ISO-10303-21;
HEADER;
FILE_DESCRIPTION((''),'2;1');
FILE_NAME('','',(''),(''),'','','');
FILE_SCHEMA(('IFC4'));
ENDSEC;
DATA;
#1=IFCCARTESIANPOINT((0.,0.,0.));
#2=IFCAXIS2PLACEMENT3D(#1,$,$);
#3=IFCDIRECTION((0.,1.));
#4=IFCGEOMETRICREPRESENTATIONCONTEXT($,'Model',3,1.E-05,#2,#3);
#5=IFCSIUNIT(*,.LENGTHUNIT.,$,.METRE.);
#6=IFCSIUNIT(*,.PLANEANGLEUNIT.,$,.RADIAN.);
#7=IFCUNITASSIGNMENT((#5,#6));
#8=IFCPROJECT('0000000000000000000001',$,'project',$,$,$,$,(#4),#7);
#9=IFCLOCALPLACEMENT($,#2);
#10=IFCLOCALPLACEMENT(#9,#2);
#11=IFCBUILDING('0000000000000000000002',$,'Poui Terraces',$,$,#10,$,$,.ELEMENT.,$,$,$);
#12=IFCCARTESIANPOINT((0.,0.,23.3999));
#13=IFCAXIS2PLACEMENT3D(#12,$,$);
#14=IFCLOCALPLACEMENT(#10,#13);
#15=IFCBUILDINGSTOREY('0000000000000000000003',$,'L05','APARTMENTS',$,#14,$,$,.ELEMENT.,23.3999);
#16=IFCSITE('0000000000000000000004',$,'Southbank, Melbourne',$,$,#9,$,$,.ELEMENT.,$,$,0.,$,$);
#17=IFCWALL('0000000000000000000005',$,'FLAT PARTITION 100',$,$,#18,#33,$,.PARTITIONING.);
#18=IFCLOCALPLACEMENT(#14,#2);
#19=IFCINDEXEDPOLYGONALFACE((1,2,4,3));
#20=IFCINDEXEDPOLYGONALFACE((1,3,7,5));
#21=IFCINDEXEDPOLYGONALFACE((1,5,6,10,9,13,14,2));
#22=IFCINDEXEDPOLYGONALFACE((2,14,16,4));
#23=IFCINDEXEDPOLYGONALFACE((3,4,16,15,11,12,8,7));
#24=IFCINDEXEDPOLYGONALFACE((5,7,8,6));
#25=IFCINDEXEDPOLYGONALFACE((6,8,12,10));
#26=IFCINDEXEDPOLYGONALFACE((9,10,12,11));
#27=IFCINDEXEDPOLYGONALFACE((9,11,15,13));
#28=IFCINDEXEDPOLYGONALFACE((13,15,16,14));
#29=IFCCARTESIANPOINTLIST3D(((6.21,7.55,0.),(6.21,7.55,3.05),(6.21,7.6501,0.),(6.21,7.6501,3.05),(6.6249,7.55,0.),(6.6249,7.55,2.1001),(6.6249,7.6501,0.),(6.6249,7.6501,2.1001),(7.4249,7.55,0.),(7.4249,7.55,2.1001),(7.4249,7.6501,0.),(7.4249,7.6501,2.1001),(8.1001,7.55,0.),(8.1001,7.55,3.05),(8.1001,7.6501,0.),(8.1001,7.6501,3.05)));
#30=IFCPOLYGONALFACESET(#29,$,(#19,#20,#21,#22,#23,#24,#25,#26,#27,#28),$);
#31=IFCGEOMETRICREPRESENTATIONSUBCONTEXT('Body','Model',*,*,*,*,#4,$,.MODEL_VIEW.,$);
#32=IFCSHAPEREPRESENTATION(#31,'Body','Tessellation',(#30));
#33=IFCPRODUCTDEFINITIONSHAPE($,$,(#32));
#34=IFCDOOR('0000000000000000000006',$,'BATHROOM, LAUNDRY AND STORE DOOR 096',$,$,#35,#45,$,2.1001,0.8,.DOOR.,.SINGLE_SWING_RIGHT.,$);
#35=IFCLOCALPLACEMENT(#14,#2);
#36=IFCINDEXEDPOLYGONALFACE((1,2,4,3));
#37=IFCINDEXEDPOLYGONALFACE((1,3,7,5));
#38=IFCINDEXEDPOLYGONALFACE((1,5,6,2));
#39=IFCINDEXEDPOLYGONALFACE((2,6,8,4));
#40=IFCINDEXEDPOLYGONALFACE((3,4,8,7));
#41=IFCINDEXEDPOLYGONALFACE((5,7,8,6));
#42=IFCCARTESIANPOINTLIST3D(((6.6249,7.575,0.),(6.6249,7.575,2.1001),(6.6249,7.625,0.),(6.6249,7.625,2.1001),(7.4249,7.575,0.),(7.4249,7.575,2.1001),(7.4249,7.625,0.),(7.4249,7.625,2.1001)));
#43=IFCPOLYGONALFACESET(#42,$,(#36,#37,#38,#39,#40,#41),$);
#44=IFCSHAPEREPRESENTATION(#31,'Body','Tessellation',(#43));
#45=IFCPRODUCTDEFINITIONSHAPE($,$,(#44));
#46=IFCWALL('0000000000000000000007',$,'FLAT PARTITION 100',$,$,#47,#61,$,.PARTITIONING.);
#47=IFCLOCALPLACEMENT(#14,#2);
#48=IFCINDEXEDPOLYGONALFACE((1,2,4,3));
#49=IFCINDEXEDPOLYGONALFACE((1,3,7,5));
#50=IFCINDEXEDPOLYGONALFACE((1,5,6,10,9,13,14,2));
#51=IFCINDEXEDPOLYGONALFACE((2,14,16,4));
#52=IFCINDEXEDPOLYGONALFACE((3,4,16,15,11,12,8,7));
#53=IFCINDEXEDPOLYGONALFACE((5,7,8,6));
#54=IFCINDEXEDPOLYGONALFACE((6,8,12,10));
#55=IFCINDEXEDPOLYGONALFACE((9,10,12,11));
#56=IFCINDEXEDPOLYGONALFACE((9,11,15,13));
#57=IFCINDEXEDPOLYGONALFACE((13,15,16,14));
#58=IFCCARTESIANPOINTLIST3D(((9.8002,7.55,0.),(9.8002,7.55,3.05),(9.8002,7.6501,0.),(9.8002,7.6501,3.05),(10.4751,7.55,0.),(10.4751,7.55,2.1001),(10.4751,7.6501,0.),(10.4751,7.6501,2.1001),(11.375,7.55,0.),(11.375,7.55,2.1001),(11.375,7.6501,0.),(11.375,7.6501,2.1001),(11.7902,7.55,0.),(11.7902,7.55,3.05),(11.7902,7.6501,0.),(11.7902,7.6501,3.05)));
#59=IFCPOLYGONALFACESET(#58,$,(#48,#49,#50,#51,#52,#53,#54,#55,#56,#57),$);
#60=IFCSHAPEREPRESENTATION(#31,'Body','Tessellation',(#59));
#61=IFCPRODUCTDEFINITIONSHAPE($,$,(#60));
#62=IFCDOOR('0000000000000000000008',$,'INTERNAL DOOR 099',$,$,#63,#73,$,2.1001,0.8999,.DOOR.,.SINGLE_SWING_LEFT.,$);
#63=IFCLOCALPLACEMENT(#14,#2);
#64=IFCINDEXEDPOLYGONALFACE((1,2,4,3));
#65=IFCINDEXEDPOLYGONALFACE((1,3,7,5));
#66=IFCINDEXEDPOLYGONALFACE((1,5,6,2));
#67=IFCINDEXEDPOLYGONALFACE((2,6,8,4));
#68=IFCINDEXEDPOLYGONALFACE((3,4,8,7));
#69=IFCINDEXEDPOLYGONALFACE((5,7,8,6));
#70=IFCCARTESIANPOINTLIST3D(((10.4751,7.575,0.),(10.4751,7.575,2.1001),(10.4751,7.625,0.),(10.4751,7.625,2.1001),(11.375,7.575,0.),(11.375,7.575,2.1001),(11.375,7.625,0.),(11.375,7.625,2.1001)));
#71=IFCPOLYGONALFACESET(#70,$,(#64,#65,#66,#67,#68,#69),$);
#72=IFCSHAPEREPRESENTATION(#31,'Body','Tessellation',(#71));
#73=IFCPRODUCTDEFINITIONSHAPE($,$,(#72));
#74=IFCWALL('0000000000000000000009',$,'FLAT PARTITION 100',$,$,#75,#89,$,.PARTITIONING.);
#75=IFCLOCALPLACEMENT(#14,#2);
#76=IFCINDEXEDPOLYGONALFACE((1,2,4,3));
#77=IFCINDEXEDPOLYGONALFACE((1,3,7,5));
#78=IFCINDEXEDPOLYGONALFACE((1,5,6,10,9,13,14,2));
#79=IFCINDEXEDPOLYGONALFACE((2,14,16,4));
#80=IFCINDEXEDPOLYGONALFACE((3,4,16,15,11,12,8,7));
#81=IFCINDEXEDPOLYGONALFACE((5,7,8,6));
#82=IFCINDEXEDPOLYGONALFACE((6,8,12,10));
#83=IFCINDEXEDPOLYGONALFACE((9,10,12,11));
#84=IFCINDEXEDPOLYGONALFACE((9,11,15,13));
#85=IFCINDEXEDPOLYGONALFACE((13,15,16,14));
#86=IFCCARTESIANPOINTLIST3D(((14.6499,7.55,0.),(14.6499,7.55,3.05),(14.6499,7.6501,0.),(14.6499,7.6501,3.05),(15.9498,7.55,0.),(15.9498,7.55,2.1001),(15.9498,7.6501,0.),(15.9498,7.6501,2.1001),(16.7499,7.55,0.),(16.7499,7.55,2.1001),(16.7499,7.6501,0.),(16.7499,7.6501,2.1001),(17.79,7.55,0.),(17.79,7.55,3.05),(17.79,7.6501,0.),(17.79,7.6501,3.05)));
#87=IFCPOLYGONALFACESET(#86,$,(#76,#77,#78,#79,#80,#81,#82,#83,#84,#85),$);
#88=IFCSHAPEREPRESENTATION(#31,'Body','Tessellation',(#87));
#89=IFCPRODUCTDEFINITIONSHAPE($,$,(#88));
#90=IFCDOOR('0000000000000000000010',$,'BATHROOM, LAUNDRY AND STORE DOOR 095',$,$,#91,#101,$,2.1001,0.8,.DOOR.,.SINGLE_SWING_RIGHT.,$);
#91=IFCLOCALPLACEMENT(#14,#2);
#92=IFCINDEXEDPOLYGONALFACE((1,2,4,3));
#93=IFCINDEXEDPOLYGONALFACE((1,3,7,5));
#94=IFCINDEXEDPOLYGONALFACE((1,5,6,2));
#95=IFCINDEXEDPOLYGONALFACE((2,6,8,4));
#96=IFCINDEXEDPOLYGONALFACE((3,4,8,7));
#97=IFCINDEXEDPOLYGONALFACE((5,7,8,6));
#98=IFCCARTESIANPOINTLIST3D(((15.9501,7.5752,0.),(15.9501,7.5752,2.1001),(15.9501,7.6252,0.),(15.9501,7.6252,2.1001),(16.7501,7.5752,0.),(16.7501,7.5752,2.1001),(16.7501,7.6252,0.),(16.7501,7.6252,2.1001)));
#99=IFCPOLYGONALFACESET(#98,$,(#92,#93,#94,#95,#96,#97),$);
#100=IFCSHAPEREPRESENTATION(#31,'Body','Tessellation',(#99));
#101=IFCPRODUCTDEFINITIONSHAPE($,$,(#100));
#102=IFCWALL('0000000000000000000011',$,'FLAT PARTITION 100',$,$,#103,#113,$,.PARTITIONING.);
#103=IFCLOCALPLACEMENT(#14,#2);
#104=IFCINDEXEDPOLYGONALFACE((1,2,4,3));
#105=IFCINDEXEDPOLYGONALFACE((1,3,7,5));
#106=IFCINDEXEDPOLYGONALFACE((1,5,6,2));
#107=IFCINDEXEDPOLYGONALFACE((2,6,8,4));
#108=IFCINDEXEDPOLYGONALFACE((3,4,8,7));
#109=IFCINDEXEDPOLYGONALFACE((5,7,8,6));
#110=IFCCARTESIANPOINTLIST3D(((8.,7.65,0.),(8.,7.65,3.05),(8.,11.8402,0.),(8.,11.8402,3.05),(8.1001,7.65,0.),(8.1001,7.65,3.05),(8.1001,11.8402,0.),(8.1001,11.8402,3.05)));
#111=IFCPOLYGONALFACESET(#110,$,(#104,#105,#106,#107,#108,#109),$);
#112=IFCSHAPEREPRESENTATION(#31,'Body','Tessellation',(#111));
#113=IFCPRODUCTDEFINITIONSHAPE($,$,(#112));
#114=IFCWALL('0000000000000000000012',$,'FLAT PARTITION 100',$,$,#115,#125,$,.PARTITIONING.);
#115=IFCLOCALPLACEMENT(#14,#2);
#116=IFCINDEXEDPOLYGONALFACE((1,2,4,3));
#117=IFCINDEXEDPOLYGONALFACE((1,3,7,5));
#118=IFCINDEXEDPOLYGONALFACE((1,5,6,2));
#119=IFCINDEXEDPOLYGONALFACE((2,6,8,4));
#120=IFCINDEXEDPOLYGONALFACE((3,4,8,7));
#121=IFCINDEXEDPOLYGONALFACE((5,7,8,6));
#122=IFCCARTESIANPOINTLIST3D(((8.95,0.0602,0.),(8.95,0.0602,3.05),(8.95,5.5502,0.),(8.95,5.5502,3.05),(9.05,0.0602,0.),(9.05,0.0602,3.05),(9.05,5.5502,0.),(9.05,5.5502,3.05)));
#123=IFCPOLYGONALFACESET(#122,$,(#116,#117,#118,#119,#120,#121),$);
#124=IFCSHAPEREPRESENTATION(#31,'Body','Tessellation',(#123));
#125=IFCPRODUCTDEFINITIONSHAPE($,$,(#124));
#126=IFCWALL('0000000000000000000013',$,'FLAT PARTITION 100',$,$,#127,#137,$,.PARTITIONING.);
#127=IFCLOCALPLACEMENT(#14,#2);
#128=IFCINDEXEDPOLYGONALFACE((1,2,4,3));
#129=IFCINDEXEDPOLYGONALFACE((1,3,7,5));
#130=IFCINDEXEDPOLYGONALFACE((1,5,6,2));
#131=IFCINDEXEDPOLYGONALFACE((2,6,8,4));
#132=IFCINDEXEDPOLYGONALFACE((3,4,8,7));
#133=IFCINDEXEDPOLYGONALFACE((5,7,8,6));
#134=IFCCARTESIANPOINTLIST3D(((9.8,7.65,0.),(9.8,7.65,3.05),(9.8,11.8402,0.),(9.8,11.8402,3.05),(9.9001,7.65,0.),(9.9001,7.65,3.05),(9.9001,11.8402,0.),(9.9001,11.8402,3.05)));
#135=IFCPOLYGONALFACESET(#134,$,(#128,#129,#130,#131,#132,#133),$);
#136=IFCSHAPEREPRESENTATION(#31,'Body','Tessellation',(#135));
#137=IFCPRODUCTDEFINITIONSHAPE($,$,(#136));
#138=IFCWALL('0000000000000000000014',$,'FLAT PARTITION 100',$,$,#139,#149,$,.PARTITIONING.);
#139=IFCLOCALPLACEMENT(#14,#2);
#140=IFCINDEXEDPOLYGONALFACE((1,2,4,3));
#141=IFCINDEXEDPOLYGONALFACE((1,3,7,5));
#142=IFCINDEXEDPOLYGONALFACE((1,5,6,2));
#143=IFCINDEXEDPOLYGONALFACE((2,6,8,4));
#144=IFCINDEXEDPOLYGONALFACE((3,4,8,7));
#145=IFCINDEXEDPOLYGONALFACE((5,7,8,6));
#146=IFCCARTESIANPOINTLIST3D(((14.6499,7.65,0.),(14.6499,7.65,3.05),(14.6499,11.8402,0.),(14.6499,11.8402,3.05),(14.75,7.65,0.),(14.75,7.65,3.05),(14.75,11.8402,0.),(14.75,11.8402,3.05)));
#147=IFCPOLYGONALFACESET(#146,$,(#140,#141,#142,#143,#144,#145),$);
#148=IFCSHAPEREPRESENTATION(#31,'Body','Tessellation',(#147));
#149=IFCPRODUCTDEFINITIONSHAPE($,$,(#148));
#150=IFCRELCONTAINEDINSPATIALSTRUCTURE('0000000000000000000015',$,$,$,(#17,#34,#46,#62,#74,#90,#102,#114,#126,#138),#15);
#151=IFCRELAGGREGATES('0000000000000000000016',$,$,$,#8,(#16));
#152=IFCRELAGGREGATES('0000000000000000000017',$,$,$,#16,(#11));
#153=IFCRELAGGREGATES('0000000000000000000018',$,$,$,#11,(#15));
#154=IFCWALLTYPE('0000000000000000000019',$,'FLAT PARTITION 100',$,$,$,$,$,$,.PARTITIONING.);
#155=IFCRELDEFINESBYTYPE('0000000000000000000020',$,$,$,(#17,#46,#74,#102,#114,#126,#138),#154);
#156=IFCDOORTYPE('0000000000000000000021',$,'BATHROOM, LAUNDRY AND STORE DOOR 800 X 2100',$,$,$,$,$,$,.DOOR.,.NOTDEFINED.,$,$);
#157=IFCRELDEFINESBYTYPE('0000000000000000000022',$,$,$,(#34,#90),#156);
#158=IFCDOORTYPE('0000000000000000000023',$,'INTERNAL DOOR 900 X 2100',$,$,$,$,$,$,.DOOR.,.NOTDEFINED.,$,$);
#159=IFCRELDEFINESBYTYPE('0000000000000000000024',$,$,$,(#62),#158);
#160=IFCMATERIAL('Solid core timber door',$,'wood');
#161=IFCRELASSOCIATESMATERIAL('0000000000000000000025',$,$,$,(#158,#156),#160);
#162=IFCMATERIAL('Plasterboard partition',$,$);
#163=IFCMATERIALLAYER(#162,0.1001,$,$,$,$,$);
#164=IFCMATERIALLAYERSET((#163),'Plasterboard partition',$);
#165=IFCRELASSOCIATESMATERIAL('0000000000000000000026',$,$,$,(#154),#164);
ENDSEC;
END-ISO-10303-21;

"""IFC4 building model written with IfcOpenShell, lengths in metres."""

from ifc_helpers import new_model, si_unit, direction, frame, frame_2d, origin, place, context, subcontext, project, spatial, rectangle, extrude, material, layer, layer_set, type_object, element, fill, save


model = new_model("IFC4")

# Units and contexts
model_context = context("Model", 3, precision=1e-05, world=origin(), true_north=direction((0.0, 1.0)))
body_context = subcontext(model_context, "Body", "Model", "MODEL_VIEW")
ifc_project = project(units=[si_unit("LENGTHUNIT", "METRE"), si_unit("PLANEANGLEUNIT", "RADIAN")], contexts=[model_context])

# Site, building, storey
site_placement = place(None, origin())
site = spatial("IfcSite", under=ifc_project, at=site_placement, Name="Southbank, Melbourne", CompositionType="ELEMENT", RefElevation=0.0)
building_placement = place(site_placement, origin())
building = spatial("IfcBuilding", under=site, at=building_placement, Name="Poui Terraces", CompositionType="ELEMENT")
storey_placement = place(building_placement, frame((0.0, 0.0, 23.3999)))
storey = spatial("IfcBuildingStorey", under=building, at=storey_placement, Name="L05", Description="APARTMENTS", CompositionType="ELEMENT", Elevation=23.3999)

# Shared definitions
ifc_material_1 = material(Name="Solid core timber door", Category="wood")
door_type_1 = type_object("IfcDoorType", Name="INTERNAL DOOR 900 X 2100", OperationType="NOTDEFINED", PredefinedType="DOOR", material=ifc_material_1)
ifc_material_2 = material(Name="Plasterboard partition")
ifc_layer_1 = layer(ifc_material_2, 0.1001)
ifc_layer_set_1 = layer_set([ifc_layer_1], Name="Plasterboard partition")
wall_type_1 = type_object("IfcWallType", Name="FLAT PARTITION 100", PredefinedType="PARTITIONING", material=ifc_layer_set_1)

# Walls, openings, doors
wall_1_placement = place(storey_placement, frame((6.21, 7.6001, 0.0), z_axis=(0.0, 0.0, 1.0), x_axis=(1.0, 0.0, 0.0)))
wall_1 = element("IfcWall", 1, at=wall_1_placement, inside=storey, type_object=wall_type_1, Name="FLAT PARTITION 100", PredefinedType="PARTITIONING", context=body_context, shape_type="SweptSolid", body=[
    extrude(rectangle(XDim=1.8901, YDim=0.1001, at=frame_2d((0.9451, 0.0))), origin(), (0.0, 0.0, 1.0), 3.05),
])
opening_1_placement = place(wall_1_placement, frame((0.415, 0.0, 0.0)))
opening_1 = element("IfcOpeningElement", 2, at=opening_1_placement, cuts=wall_1, PredefinedType="OPENING", context=body_context, shape_type="SweptSolid", body=[
    extrude(rectangle(XDim=0.8, YDim=2.1001, at=frame_2d((0.3999, 1.05))), frame((0.0, 0.0601, 0.0), z_axis=(0.0, -1.0, 0.0), x_axis=(1.0, 0.0, 0.0)), (0.0, 0.0, 1.0), 0.1201),
])
door_type_2 = type_object("IfcDoorType", Name="BATHROOM, LAUNDRY AND STORE DOOR 800 X 2100", OperationType="NOTDEFINED", PredefinedType="DOOR", material=ifc_material_1)
door_1_placement = place(opening_1_placement, origin())
door_1 = element("IfcDoor", 3, at=door_1_placement, inside=storey, type_object=door_type_2, Name="BATHROOM, LAUNDRY AND STORE DOOR 096", OperationType="SINGLE_SWING_RIGHT", OverallHeight=2.1001, OverallWidth=0.8, PredefinedType="DOOR", context=body_context, shape_type="SweptSolid", body=[
    extrude(rectangle(XDim=0.8, YDim=2.1001, at=frame_2d((0.3999, 1.05))), frame((0.0, 0.0249, 0.0), z_axis=(0.0, -1.0, 0.0), x_axis=(1.0, 0.0, 0.0)), (0.0, 0.0, 1.0), 0.05),
])
fill(opening_1, door_1)
wall_2_placement = place(storey_placement, frame((9.8, 7.6001, 0.0), z_axis=(0.0, 0.0, 1.0), x_axis=(1.0, 0.0, 0.0)))
wall_2 = element("IfcWall", 4, at=wall_2_placement, inside=storey, type_object=wall_type_1, Name="FLAT PARTITION 100", PredefinedType="PARTITIONING", context=body_context, shape_type="SweptSolid", body=[
    extrude(rectangle(XDim=1.99, YDim=0.1001, at=frame_2d((0.9951, 0.0))), origin(), (0.0, 0.0, 1.0), 3.05),
])
opening_2_placement = place(wall_2_placement, frame((0.675, 0.0, 0.0)))
opening_2 = element("IfcOpeningElement", 5, at=opening_2_placement, cuts=wall_2, PredefinedType="OPENING", context=body_context, shape_type="SweptSolid", body=[
    extrude(rectangle(XDim=0.8999, YDim=2.1001, at=frame_2d((0.45, 1.05))), frame((0.0, 0.0601, 0.0), z_axis=(0.0, -1.0, 0.0), x_axis=(1.0, 0.0, 0.0)), (0.0, 0.0, 1.0), 0.1201),
])
door_2_placement = place(opening_2_placement, origin())
door_2 = element("IfcDoor", 6, at=door_2_placement, inside=storey, type_object=door_type_1, Name="INTERNAL DOOR 099", OperationType="SINGLE_SWING_LEFT", OverallHeight=2.1001, OverallWidth=0.8999, PredefinedType="DOOR", context=body_context, shape_type="SweptSolid", body=[
    extrude(rectangle(XDim=0.8999, YDim=2.1001, at=frame_2d((0.45, 1.05))), frame((0.0, 0.0249, 0.0), z_axis=(0.0, -1.0, 0.0), x_axis=(1.0, 0.0, 0.0)), (0.0, 0.0, 1.0), 0.05),
])
fill(opening_2, door_2)
wall_3_placement = place(storey_placement, frame((14.6499, 7.6001, 0.0), z_axis=(0.0, 0.0, 1.0), x_axis=(1.0, 0.0, 0.0)))
wall_3 = element("IfcWall", 7, at=wall_3_placement, inside=storey, type_object=wall_type_1, Name="FLAT PARTITION 100", PredefinedType="PARTITIONING", context=body_context, shape_type="SweptSolid", body=[
    extrude(rectangle(XDim=3.1401, YDim=0.1001, at=frame_2d((1.5701, 0.0))), origin(), (0.0, 0.0, 1.0), 3.05),
])
opening_3_placement = place(wall_3_placement, frame((1.3, 0.0, 0.0)))
opening_3 = element("IfcOpeningElement", 8, at=opening_3_placement, cuts=wall_3, PredefinedType="OPENING", context=body_context, shape_type="SweptSolid", body=[
    extrude(rectangle(XDim=0.8, YDim=2.1001, at=frame_2d((0.3999, 1.05))), frame((0.0, 0.0601, 0.0), z_axis=(0.0, -1.0, 0.0), x_axis=(1.0, 0.0, 0.0)), (0.0, 0.0, 1.0), 0.1201),
])
door_3_placement = place(opening_3_placement, frame((0.8, 0.0, 0.0), z_axis=(0.0, 0.0, 1.0), x_axis=(-1.0, 0.0, 0.0)))
door_3 = element("IfcDoor", 9, at=door_3_placement, inside=storey, type_object=door_type_2, Name="BATHROOM, LAUNDRY AND STORE DOOR 095", OperationType="SINGLE_SWING_RIGHT", OverallHeight=2.1001, OverallWidth=0.8, PredefinedType="DOOR", context=body_context, shape_type="SweptSolid", body=[
    extrude(rectangle(XDim=0.8, YDim=2.1001, at=frame_2d((0.3999, 1.05))), frame((0.0, 0.0249, 0.0), z_axis=(0.0, -1.0, 0.0), x_axis=(1.0, 0.0, 0.0)), (0.0, 0.0, 1.0), 0.05),
])
fill(opening_3, door_3)

# Walls
wall_4_placement = place(storey_placement, frame((8.05, 7.6499, 0.0), z_axis=(0.0, 0.0, 1.0), x_axis=(0.0, 1.0, 0.0)))
element("IfcWall", 10, at=wall_4_placement, inside=storey, type_object=wall_type_1, Name="FLAT PARTITION 100", PredefinedType="PARTITIONING", context=body_context, shape_type="SweptSolid", body=[
    extrude(rectangle(XDim=4.1902, YDim=0.1001, at=frame_2d((2.0952, 0.0))), origin(), (0.0, 0.0, 1.0), 3.05),
])
wall_5_placement = place(storey_placement, frame((9.0, 0.0601, 0.0), z_axis=(0.0, 0.0, 1.0), x_axis=(0.0, 1.0, 0.0)))
element("IfcWall", 11, at=wall_5_placement, inside=storey, type_object=wall_type_1, Name="FLAT PARTITION 100", PredefinedType="PARTITIONING", context=body_context, shape_type="SweptSolid", body=[
    extrude(rectangle(XDim=5.49, YDim=0.1001, at=frame_2d((2.7451, 0.0))), origin(), (0.0, 0.0, 1.0), 3.05),
])
for number, where, z_axis, x_axis, name in (
    (12, (9.8501, 7.6499, 0.0), (0.0, 0.0, 1.0), (0.0, 1.0, 0.0), "FLAT PARTITION 100"),
    (13, (14.7, 7.6499, 0.0), (0.0, 0.0, 1.0), (0.0, 1.0, 0.0), "FLAT PARTITION 100"),
):
    element("IfcWall", number, at=place(storey_placement, frame(where, z_axis=z_axis, x_axis=x_axis)), inside=storey, type_object=wall_type_1, Name=name, PredefinedType="PARTITIONING", context=body_context, shape_type="SweptSolid", body=[
        extrude(rectangle(XDim=4.1902, YDim=0.1001, at=frame_2d((2.0952, 0.0))), origin(), (0.0, 0.0, 1.0), 3.05),
    ])

save(model, "model.ifc")
